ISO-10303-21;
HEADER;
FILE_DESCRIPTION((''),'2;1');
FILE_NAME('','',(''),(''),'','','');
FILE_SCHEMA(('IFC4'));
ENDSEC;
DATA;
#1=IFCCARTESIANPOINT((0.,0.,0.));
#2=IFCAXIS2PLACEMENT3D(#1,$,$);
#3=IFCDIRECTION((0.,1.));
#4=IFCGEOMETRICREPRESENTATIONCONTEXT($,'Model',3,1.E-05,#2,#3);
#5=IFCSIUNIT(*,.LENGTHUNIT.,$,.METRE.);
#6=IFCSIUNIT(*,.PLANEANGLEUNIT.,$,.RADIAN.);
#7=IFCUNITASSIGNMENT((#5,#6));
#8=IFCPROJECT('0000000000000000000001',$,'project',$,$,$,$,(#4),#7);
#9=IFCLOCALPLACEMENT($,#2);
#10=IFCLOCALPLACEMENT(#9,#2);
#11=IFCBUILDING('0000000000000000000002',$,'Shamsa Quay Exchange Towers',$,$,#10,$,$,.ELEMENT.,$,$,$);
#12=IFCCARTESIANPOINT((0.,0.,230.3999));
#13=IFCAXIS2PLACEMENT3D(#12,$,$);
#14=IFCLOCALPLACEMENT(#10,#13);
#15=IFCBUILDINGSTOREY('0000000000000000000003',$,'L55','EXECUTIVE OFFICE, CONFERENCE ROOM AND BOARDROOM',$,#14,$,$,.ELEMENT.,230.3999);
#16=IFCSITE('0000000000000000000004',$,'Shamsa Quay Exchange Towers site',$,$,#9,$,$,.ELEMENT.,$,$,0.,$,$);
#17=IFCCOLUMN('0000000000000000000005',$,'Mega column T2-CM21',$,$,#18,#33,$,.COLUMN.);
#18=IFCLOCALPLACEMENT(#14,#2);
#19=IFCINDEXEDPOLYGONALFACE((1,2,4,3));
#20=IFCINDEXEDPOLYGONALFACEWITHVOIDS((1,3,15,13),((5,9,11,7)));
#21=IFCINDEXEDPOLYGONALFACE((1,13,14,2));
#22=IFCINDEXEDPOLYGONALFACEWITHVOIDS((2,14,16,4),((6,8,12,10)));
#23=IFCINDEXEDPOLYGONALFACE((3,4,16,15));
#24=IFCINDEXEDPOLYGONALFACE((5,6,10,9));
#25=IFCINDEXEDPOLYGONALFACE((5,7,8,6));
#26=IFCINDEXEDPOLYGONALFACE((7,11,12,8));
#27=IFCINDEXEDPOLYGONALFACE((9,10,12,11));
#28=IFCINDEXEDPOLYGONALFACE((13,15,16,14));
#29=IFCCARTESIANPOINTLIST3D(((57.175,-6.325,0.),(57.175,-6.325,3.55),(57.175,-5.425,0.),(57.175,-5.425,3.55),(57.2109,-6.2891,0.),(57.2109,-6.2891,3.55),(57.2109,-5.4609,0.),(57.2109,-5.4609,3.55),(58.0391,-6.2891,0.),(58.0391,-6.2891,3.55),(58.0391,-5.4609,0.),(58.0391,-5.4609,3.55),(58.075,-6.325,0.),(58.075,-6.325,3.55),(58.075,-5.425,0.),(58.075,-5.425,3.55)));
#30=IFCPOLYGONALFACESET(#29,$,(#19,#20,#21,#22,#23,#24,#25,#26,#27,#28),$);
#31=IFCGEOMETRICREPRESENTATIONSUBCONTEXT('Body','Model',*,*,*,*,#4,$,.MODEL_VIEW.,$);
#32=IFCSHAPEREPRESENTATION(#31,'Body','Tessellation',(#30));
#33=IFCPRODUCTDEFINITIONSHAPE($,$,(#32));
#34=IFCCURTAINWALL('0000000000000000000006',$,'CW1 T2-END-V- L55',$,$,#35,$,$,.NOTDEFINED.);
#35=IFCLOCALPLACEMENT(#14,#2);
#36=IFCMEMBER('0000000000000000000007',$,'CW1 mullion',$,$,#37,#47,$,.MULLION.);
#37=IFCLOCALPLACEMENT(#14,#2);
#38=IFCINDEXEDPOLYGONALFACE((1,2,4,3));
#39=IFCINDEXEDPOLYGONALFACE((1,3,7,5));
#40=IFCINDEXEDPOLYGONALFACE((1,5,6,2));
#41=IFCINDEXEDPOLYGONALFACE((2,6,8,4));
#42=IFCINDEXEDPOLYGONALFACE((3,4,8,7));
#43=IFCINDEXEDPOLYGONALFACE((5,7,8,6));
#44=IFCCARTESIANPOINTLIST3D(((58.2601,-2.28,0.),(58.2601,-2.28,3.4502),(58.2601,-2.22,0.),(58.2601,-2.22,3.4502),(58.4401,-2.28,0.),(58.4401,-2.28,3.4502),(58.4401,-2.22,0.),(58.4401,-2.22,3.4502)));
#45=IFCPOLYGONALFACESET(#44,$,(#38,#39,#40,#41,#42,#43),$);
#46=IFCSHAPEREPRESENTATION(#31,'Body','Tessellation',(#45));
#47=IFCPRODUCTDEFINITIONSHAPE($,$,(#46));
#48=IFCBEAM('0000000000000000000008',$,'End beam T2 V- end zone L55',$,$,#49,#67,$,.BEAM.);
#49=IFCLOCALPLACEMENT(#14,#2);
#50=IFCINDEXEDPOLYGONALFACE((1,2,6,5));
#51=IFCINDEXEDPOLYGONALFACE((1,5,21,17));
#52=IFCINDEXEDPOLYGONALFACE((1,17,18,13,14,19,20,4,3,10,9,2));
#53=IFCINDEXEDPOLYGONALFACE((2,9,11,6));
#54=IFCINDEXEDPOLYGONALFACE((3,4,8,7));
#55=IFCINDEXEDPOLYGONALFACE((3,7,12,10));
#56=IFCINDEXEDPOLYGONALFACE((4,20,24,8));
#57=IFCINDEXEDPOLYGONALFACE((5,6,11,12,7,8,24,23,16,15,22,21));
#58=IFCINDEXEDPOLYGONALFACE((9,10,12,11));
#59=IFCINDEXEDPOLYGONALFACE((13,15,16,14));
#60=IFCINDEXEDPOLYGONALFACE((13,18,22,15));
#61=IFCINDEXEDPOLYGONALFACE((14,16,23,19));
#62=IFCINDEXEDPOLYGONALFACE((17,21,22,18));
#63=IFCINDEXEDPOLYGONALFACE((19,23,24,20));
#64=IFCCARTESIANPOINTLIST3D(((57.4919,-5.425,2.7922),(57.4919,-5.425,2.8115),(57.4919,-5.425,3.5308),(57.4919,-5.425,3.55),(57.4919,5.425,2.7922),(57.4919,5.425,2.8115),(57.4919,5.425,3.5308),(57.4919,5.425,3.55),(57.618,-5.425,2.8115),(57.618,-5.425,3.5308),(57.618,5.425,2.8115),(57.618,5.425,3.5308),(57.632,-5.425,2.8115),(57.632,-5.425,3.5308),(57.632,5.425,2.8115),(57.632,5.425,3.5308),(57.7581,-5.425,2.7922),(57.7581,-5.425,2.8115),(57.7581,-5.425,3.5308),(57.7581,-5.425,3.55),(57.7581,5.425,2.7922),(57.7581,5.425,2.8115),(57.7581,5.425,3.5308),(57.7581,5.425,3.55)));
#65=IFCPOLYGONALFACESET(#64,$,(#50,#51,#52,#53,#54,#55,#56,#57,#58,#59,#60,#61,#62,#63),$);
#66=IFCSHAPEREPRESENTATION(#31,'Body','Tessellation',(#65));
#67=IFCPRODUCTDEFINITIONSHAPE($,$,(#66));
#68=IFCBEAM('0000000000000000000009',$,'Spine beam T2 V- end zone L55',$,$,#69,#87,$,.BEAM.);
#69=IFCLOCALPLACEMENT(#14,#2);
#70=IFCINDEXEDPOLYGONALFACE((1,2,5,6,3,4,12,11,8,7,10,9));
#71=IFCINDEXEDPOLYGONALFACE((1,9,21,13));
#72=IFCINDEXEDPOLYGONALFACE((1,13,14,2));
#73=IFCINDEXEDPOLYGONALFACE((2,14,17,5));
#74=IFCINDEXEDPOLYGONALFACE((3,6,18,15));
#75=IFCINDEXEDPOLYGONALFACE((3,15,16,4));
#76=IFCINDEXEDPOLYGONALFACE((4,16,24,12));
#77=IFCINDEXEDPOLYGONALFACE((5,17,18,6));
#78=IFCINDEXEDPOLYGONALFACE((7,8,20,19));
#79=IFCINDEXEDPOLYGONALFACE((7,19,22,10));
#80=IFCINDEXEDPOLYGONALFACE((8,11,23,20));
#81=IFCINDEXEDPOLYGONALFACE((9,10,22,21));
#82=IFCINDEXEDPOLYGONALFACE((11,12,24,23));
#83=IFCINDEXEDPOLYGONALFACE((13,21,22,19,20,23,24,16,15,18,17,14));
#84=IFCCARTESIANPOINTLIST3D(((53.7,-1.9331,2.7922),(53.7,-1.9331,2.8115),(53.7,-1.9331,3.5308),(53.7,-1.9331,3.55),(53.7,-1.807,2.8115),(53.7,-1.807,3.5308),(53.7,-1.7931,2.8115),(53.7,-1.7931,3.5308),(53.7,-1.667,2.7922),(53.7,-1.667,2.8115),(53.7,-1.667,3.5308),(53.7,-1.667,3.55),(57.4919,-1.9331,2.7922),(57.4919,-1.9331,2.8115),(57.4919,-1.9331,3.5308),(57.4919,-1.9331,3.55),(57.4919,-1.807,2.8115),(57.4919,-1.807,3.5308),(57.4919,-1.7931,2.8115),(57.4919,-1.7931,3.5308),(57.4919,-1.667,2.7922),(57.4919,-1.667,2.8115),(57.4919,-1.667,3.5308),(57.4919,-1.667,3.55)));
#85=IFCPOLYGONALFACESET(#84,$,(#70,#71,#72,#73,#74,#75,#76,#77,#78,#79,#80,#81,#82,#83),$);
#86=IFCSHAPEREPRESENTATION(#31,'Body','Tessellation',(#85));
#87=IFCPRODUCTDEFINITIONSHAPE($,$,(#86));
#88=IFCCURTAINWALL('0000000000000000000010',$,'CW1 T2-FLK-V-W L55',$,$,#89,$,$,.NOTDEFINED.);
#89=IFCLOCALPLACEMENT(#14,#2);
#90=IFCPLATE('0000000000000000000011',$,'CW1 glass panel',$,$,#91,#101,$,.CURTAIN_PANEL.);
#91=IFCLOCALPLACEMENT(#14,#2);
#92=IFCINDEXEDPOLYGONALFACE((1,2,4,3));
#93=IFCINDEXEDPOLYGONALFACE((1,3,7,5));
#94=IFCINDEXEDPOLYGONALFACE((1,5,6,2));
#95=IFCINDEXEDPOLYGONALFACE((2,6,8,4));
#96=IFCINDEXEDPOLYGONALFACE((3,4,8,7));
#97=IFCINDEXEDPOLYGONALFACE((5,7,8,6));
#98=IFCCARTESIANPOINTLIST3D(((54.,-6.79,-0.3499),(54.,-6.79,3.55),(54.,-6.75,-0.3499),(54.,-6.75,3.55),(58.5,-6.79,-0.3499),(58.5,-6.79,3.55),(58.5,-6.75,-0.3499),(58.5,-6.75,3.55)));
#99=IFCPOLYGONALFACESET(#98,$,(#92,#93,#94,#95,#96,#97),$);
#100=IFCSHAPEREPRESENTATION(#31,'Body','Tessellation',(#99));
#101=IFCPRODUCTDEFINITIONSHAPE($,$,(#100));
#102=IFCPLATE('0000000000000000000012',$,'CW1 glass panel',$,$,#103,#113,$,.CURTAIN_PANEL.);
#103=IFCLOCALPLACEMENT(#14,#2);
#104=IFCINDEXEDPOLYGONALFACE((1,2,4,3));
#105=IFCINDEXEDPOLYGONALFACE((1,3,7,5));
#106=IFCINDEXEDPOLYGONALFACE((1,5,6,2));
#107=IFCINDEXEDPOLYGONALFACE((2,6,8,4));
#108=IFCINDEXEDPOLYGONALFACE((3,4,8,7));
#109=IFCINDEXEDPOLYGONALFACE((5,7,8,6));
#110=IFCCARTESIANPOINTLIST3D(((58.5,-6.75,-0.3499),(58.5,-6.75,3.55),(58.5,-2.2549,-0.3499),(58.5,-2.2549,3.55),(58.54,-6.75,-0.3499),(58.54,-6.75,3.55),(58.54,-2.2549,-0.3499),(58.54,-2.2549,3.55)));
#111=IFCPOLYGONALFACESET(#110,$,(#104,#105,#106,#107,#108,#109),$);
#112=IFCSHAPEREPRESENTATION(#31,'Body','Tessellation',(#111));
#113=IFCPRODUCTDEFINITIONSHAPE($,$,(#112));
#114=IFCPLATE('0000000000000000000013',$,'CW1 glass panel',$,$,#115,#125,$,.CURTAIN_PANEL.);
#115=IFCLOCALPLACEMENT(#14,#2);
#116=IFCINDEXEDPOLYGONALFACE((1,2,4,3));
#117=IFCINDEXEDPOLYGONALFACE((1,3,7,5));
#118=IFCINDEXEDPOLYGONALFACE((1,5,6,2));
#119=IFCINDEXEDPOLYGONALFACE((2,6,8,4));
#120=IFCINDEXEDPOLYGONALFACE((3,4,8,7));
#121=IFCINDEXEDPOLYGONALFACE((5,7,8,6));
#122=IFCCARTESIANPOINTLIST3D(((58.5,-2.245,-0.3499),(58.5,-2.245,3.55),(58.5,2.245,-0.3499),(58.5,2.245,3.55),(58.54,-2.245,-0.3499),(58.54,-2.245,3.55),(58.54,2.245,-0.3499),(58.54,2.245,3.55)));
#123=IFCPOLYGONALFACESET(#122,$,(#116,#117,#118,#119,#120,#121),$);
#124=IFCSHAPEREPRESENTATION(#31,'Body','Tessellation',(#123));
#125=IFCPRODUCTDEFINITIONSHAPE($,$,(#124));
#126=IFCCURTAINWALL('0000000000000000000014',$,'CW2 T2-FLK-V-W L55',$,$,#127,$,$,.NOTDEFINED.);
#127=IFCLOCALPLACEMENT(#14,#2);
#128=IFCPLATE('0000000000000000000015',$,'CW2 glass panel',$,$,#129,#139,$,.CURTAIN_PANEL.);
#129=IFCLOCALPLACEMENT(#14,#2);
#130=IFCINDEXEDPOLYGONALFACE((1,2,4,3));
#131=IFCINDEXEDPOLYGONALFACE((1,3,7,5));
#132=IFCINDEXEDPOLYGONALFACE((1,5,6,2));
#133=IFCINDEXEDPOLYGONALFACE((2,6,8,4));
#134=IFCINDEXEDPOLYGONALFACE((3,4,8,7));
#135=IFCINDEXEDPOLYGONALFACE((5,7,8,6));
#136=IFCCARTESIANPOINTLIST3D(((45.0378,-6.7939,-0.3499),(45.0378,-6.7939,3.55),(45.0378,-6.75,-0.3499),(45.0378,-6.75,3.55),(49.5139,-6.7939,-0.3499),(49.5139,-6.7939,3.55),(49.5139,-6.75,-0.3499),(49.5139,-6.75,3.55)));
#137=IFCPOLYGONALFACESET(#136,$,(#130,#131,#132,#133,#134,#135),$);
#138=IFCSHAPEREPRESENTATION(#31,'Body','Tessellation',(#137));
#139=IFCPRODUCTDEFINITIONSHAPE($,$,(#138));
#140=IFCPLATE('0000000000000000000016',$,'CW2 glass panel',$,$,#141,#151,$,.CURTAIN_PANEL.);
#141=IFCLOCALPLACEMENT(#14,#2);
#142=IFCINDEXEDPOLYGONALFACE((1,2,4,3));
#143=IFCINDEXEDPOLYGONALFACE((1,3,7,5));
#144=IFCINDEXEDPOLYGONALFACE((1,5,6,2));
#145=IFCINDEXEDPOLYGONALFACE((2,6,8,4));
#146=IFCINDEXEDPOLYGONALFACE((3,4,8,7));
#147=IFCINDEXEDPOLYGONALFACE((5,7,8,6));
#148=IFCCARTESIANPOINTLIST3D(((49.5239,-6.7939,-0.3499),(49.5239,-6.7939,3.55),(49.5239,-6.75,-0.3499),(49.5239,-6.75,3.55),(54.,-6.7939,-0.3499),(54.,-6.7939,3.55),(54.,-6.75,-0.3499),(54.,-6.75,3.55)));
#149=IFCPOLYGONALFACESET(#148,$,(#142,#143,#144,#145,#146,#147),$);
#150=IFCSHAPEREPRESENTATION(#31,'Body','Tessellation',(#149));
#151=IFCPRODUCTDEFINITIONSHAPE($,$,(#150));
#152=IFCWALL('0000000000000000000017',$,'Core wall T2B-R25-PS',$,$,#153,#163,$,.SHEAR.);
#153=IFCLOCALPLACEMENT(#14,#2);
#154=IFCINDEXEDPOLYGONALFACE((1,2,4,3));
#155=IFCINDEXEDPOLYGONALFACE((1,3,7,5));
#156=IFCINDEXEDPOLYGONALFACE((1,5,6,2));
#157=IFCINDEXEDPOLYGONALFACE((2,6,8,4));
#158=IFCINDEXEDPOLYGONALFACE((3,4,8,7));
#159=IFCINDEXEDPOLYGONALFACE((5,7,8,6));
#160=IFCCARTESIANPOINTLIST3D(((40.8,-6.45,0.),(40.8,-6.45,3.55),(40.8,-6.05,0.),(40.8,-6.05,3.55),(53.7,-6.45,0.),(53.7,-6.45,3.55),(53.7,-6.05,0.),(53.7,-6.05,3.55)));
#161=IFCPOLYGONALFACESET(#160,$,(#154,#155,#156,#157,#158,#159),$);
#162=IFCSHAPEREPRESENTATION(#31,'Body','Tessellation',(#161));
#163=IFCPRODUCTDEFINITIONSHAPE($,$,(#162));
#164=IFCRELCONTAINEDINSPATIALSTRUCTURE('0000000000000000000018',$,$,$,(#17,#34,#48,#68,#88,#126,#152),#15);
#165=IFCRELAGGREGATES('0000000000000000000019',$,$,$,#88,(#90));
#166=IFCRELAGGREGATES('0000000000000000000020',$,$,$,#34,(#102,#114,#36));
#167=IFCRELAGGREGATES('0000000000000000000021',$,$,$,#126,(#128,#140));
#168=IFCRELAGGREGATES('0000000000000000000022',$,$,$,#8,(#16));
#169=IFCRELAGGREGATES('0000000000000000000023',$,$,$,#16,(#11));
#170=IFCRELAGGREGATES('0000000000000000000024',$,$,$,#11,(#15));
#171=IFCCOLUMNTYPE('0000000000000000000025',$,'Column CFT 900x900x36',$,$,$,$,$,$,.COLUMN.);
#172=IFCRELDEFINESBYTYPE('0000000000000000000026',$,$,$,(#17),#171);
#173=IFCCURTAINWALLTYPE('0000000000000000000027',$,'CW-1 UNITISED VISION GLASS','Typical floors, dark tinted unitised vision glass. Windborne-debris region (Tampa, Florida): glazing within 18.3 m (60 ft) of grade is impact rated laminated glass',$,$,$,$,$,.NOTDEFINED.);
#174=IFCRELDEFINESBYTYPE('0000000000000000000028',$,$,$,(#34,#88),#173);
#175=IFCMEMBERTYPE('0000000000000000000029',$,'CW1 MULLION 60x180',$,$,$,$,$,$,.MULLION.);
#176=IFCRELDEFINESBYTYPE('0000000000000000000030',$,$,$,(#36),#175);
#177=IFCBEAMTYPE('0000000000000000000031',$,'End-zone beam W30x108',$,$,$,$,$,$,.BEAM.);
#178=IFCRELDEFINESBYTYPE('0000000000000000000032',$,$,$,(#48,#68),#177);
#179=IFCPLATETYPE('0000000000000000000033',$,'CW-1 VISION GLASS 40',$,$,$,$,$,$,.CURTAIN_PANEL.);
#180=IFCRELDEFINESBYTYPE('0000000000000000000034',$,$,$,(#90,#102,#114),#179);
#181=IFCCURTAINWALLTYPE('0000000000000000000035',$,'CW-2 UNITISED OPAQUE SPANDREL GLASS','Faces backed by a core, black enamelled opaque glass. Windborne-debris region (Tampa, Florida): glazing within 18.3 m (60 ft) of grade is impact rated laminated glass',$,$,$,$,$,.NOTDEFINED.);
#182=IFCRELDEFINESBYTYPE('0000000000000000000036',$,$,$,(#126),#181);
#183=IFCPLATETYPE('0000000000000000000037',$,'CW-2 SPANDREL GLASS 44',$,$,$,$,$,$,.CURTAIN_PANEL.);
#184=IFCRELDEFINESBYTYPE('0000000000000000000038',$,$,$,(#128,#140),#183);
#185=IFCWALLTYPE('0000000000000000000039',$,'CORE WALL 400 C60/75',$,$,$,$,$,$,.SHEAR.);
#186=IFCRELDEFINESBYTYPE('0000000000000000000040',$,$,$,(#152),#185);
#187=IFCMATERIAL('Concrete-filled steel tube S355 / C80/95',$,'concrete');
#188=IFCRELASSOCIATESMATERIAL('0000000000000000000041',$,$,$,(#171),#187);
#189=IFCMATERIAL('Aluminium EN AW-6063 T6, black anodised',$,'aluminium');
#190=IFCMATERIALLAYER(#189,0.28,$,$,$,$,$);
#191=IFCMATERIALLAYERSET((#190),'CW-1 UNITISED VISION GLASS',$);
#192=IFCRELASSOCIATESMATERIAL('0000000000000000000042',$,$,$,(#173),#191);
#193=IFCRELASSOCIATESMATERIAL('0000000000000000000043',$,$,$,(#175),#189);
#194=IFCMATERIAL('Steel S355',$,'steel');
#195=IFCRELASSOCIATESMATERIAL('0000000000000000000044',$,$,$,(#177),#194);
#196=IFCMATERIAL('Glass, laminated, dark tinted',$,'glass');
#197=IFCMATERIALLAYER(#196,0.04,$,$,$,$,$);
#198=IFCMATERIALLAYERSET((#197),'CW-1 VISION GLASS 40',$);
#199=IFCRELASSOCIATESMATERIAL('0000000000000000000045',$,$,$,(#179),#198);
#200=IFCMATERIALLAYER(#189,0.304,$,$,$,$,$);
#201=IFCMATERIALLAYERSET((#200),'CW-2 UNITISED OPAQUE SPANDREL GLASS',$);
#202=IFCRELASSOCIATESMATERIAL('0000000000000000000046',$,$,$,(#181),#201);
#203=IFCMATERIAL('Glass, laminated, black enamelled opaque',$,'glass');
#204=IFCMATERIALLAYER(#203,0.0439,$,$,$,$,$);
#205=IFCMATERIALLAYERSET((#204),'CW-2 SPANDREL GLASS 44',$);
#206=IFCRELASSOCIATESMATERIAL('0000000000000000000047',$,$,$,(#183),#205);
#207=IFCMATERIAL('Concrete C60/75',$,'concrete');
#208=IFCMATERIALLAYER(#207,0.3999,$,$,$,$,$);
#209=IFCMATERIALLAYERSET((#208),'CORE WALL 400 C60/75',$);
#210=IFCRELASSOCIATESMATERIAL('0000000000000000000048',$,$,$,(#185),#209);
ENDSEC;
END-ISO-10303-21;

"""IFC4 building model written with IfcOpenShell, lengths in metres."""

from ifc_helpers import new_model, si_unit, direction, frame, frame_2d, origin, origin_2d, place, context, subcontext, project, spatial, rectangle, hollow_rectangle, i_section, extrude, material, layer, layer_set, material_profile, profile_set, type_object, element, aggregate, save


model = new_model("IFC4")

# Units and contexts
model_context = context("Model", 3, precision=1e-05, world=origin(), true_north=direction((0.0, 1.0)))
body_context = subcontext(model_context, "Body", "Model", "MODEL_VIEW")
ifc_project = project(units=[si_unit("LENGTHUNIT", "METRE"), si_unit("PLANEANGLEUNIT", "RADIAN")], contexts=[model_context])

# Site, building, storey
site_placement = place(None, origin())
site = spatial("IfcSite", under=ifc_project, at=site_placement, Name="Shamsa Quay Exchange Towers site", CompositionType="ELEMENT", RefElevation=0.0)
building_placement = place(site_placement, origin())
building = spatial("IfcBuilding", under=site, at=building_placement, Name="Shamsa Quay Exchange Towers", CompositionType="ELEMENT")
storey_placement = place(building_placement, frame((0.0, 0.0, 230.3999)))
storey = spatial("IfcBuildingStorey", under=building, at=storey_placement, Name="L55", Description="EXECUTIVE OFFICE, CONFERENCE ROOM AND BOARDROOM", CompositionType="ELEMENT", Elevation=230.3999)

# Column
ifc_material_1 = material(Name="Concrete-filled steel tube S355 / C80/95", Category="concrete")
ifc_material_profile_1 = material_profile(ifc_material_1, hollow_rectangle(XDim=0.8999, YDim=0.8999, WallThickness=0.0359, at=origin_2d()), Name="CFT 900x900x36")
ifc_profile_set_1 = profile_set([ifc_material_profile_1], Name="Concrete-filled steel tube S355 / C80/95")
column_type = type_object("IfcColumnType", Name="Column CFT 900x900x36", PredefinedType="COLUMN", material=ifc_profile_set_1)
column_placement = place(storey_placement, frame((57.625, -5.875, 0.0)))
element("IfcColumn", 1, at=column_placement, inside=storey, type_object=column_type, Name="Mega column T2-CM21", PredefinedType="COLUMN", context=body_context, shape_type="SweptSolid", body=[
    extrude(hollow_rectangle(XDim=0.8999, YDim=0.8999, WallThickness=0.0359, at=origin_2d()), origin(), (0.0, 0.0, 1.0), 3.55),
])

# Curtain wall, member
ifc_material_2 = material(Name="Aluminium EN AW-6063 T6, black anodised", Category="aluminium")
ifc_layer_1 = layer(ifc_material_2, 0.28)
ifc_layer_set_1 = layer_set([ifc_layer_1], Name="CW-1 UNITISED VISION GLASS")
curtain_wall_type_1 = type_object("IfcCurtainWallType", Name="CW-1 UNITISED VISION GLASS", Description="Typical floors, dark tinted unitised vision glass. Windborne-debris region (Tampa, Florida): glazing within 18.3 m (60 ft) of grade is impact rated laminated glass", PredefinedType="NOTDEFINED", material=ifc_layer_set_1)
curtain_wall_1_placement = place(storey_placement, origin())
curtain_wall_1 = element("IfcCurtainWall", 2, at=curtain_wall_1_placement, inside=storey, type_object=curtain_wall_type_1, Name="CW1 T2-END-V- L55", PredefinedType="NOTDEFINED")
ifc_material_profile_2 = material_profile(ifc_material_2, rectangle(XDim=0.1799, YDim=0.0601, at=origin_2d()), Name="MU60x180")
ifc_profile_set_2 = profile_set([ifc_material_profile_2], Name="Aluminium EN AW-6063 T6, black anodised")
member_type = type_object("IfcMemberType", Name="CW1 MULLION 60x180", PredefinedType="MULLION", material=ifc_profile_set_2)
member_placement = place(storey_placement, frame((58.3501, -2.25, 0.0), z_axis=(0.0, 0.0, 1.0), x_axis=(-1.0, 0.0, 0.0)))
member = element("IfcMember", 3, at=member_placement, type_object=member_type, Name="CW1 mullion", PredefinedType="MULLION", context=body_context, shape_type="SweptSolid", body=[
    extrude(rectangle(XDim=0.1799, YDim=0.0601, at=origin_2d()), origin(), (0.0, 0.0, 1.0), 3.4502),
])

# Beams
ifc_material_3 = material(Name="Steel S355", Category="steel")
ifc_material_profile_3 = material_profile(ifc_material_3, i_section(OverallWidth=0.2661, OverallDepth=0.7578, WebThickness=0.0139, FlangeThickness=0.0193, at=origin_2d()), Name="W30x108")
ifc_profile_set_3 = profile_set([ifc_material_profile_3], Name="Steel S355")
beam_type = type_object("IfcBeamType", Name="End-zone beam W30x108", PredefinedType="BEAM", material=ifc_profile_set_3)
beam_1_placement = place(storey_placement, frame((57.625, -5.425, 3.1711), z_axis=(0.0, 1.0, 0.0), x_axis=(-1.0, 0.0, 0.0)))
element("IfcBeam", 4, at=beam_1_placement, inside=storey, type_object=beam_type, Name="End beam T2 V- end zone L55", PredefinedType="BEAM", context=body_context, shape_type="SweptSolid", body=[
    extrude(i_section(OverallWidth=0.2661, OverallDepth=0.7578, WebThickness=0.0139, FlangeThickness=0.0193, at=origin_2d()), origin(), (0.0, 0.0, 1.0), 10.8501),
])
beam_2_placement = place(storey_placement, frame((53.7, -1.8, 3.1711), z_axis=(1.0, 0.0, 0.0), x_axis=(0.0, 1.0, 0.0)))
element("IfcBeam", 5, at=beam_2_placement, inside=storey, type_object=beam_type, Name="Spine beam T2 V- end zone L55", PredefinedType="BEAM", context=body_context, shape_type="SweptSolid", body=[
    extrude(i_section(OverallWidth=0.2661, OverallDepth=0.7578, WebThickness=0.0139, FlangeThickness=0.0193, at=origin_2d()), origin(), (0.0, 0.0, 1.0), 3.792),
])

# Curtain wall, plate
curtain_wall_2_placement = place(storey_placement, origin())
curtain_wall_2 = element("IfcCurtainWall", 6, at=curtain_wall_2_placement, inside=storey, type_object=curtain_wall_type_1, Name="CW1 T2-FLK-V-W L55", PredefinedType="NOTDEFINED")
ifc_material_4 = material(Name="Glass, laminated, dark tinted", Category="glass")
ifc_layer_2 = layer(ifc_material_4, 0.04)
ifc_layer_set_2 = layer_set([ifc_layer_2], Name="CW-1 VISION GLASS 40")
plate_type_1 = type_object("IfcPlateType", Name="CW-1 VISION GLASS 40", PredefinedType="CURTAIN_PANEL", material=ifc_layer_set_2)
plate_1_placement = place(storey_placement, frame((56.25, -6.77, -0.3499)))
plate_1 = element("IfcPlate", 7, at=plate_1_placement, type_object=plate_type_1, Name="CW1 glass panel", PredefinedType="CURTAIN_PANEL", context=body_context, shape_type="SweptSolid", body=[
    extrude(rectangle(XDim=4.5, YDim=0.04, at=origin_2d()), origin(), (0.0, 0.0, 1.0), 3.8999),
])
aggregate(curtain_wall_2, [plate_1])

# Plates
plate_2_placement = place(storey_placement, frame((58.52, -4.5024, -0.3499), z_axis=(0.0, 0.0, 1.0), x_axis=(0.0, 1.0, 0.0)))
plate_2 = element("IfcPlate", 8, at=plate_2_placement, type_object=plate_type_1, Name="CW1 glass panel", PredefinedType="CURTAIN_PANEL", context=body_context, shape_type="SweptSolid", body=[
    extrude(rectangle(XDim=4.4951, YDim=0.04, at=origin_2d()), origin(), (0.0, 0.0, 1.0), 3.8999),
])
plate_3_placement = place(storey_placement, frame((58.52, 0.0, -0.3499), z_axis=(0.0, 0.0, 1.0), x_axis=(0.0, 1.0, 0.0)))
plate_3 = element("IfcPlate", 9, at=plate_3_placement, type_object=plate_type_1, Name="CW1 glass panel", PredefinedType="CURTAIN_PANEL", context=body_context, shape_type="SweptSolid", body=[
    extrude(rectangle(XDim=4.49, YDim=0.04, at=origin_2d()), origin(), (0.0, 0.0, 1.0), 3.8999),
])
aggregate(curtain_wall_1, [plate_2, plate_3, member])

# Curtain wall, plates
ifc_layer_3 = layer(ifc_material_2, 0.304)
ifc_layer_set_3 = layer_set([ifc_layer_3], Name="CW-2 UNITISED OPAQUE SPANDREL GLASS")
curtain_wall_type_2 = type_object("IfcCurtainWallType", Name="CW-2 UNITISED OPAQUE SPANDREL GLASS", Description="Faces backed by a core, black enamelled opaque glass. Windborne-debris region (Tampa, Florida): glazing within 18.3 m (60 ft) of grade is impact rated laminated glass", PredefinedType="NOTDEFINED", material=ifc_layer_set_3)
curtain_wall_3_placement = place(storey_placement, origin())
curtain_wall_3 = element("IfcCurtainWall", 10, at=curtain_wall_3_placement, inside=storey, type_object=curtain_wall_type_2, Name="CW2 T2-FLK-V-W L55", PredefinedType="NOTDEFINED")
ifc_material_5 = material(Name="Glass, laminated, black enamelled opaque", Category="glass")
ifc_layer_4 = layer(ifc_material_5, 0.0439)
ifc_layer_set_4 = layer_set([ifc_layer_4], Name="CW-2 SPANDREL GLASS 44")
plate_type_2 = type_object("IfcPlateType", Name="CW-2 SPANDREL GLASS 44", PredefinedType="CURTAIN_PANEL", material=ifc_layer_set_4)
plate_4_placement = place(storey_placement, frame((47.2759, -6.772, -0.3499)))
plate_4 = element("IfcPlate", 11, at=plate_4_placement, type_object=plate_type_2, Name="CW2 glass panel", PredefinedType="CURTAIN_PANEL", context=body_context, shape_type="SweptSolid", body=[
    extrude(rectangle(XDim=4.4761, YDim=0.0439, at=origin_2d()), origin(), (0.0, 0.0, 1.0), 3.8999),
])
plate_5_placement = place(storey_placement, frame((51.762, -6.772, -0.3499)))
plate_5 = element("IfcPlate", 12, at=plate_5_placement, type_object=plate_type_2, Name="CW2 glass panel", PredefinedType="CURTAIN_PANEL", context=body_context, shape_type="SweptSolid", body=[
    extrude(rectangle(XDim=4.4761, YDim=0.0439, at=origin_2d()), origin(), (0.0, 0.0, 1.0), 3.8999),
])
aggregate(curtain_wall_3, [plate_4, plate_5])

# Wall
ifc_material_6 = material(Name="Concrete C60/75", Category="concrete")
ifc_layer_5 = layer(ifc_material_6, 0.3999)
ifc_layer_set_5 = layer_set([ifc_layer_5], Name="CORE WALL 400 C60/75")
wall_type_1 = type_object("IfcWallType", Name="CORE WALL 400 C60/75", PredefinedType="SHEAR", material=ifc_layer_set_5)
wall_1_placement = place(storey_placement, frame((53.7, -6.25, 0.0), z_axis=(0.0, 0.0, 1.0), x_axis=(-1.0, 0.0, 0.0)))
element("IfcWall", 13, at=wall_1_placement, inside=storey, type_object=wall_type_1, Name="Core wall T2B-R25-PS", PredefinedType="SHEAR", context=body_context, shape_type="SweptSolid", body=[
    extrude(rectangle(XDim=12.8999, YDim=0.3999, at=frame_2d((6.45, 0.0))), origin(), (0.0, 0.0, 1.0), 3.55),
])

save(model, "model.ifc")
